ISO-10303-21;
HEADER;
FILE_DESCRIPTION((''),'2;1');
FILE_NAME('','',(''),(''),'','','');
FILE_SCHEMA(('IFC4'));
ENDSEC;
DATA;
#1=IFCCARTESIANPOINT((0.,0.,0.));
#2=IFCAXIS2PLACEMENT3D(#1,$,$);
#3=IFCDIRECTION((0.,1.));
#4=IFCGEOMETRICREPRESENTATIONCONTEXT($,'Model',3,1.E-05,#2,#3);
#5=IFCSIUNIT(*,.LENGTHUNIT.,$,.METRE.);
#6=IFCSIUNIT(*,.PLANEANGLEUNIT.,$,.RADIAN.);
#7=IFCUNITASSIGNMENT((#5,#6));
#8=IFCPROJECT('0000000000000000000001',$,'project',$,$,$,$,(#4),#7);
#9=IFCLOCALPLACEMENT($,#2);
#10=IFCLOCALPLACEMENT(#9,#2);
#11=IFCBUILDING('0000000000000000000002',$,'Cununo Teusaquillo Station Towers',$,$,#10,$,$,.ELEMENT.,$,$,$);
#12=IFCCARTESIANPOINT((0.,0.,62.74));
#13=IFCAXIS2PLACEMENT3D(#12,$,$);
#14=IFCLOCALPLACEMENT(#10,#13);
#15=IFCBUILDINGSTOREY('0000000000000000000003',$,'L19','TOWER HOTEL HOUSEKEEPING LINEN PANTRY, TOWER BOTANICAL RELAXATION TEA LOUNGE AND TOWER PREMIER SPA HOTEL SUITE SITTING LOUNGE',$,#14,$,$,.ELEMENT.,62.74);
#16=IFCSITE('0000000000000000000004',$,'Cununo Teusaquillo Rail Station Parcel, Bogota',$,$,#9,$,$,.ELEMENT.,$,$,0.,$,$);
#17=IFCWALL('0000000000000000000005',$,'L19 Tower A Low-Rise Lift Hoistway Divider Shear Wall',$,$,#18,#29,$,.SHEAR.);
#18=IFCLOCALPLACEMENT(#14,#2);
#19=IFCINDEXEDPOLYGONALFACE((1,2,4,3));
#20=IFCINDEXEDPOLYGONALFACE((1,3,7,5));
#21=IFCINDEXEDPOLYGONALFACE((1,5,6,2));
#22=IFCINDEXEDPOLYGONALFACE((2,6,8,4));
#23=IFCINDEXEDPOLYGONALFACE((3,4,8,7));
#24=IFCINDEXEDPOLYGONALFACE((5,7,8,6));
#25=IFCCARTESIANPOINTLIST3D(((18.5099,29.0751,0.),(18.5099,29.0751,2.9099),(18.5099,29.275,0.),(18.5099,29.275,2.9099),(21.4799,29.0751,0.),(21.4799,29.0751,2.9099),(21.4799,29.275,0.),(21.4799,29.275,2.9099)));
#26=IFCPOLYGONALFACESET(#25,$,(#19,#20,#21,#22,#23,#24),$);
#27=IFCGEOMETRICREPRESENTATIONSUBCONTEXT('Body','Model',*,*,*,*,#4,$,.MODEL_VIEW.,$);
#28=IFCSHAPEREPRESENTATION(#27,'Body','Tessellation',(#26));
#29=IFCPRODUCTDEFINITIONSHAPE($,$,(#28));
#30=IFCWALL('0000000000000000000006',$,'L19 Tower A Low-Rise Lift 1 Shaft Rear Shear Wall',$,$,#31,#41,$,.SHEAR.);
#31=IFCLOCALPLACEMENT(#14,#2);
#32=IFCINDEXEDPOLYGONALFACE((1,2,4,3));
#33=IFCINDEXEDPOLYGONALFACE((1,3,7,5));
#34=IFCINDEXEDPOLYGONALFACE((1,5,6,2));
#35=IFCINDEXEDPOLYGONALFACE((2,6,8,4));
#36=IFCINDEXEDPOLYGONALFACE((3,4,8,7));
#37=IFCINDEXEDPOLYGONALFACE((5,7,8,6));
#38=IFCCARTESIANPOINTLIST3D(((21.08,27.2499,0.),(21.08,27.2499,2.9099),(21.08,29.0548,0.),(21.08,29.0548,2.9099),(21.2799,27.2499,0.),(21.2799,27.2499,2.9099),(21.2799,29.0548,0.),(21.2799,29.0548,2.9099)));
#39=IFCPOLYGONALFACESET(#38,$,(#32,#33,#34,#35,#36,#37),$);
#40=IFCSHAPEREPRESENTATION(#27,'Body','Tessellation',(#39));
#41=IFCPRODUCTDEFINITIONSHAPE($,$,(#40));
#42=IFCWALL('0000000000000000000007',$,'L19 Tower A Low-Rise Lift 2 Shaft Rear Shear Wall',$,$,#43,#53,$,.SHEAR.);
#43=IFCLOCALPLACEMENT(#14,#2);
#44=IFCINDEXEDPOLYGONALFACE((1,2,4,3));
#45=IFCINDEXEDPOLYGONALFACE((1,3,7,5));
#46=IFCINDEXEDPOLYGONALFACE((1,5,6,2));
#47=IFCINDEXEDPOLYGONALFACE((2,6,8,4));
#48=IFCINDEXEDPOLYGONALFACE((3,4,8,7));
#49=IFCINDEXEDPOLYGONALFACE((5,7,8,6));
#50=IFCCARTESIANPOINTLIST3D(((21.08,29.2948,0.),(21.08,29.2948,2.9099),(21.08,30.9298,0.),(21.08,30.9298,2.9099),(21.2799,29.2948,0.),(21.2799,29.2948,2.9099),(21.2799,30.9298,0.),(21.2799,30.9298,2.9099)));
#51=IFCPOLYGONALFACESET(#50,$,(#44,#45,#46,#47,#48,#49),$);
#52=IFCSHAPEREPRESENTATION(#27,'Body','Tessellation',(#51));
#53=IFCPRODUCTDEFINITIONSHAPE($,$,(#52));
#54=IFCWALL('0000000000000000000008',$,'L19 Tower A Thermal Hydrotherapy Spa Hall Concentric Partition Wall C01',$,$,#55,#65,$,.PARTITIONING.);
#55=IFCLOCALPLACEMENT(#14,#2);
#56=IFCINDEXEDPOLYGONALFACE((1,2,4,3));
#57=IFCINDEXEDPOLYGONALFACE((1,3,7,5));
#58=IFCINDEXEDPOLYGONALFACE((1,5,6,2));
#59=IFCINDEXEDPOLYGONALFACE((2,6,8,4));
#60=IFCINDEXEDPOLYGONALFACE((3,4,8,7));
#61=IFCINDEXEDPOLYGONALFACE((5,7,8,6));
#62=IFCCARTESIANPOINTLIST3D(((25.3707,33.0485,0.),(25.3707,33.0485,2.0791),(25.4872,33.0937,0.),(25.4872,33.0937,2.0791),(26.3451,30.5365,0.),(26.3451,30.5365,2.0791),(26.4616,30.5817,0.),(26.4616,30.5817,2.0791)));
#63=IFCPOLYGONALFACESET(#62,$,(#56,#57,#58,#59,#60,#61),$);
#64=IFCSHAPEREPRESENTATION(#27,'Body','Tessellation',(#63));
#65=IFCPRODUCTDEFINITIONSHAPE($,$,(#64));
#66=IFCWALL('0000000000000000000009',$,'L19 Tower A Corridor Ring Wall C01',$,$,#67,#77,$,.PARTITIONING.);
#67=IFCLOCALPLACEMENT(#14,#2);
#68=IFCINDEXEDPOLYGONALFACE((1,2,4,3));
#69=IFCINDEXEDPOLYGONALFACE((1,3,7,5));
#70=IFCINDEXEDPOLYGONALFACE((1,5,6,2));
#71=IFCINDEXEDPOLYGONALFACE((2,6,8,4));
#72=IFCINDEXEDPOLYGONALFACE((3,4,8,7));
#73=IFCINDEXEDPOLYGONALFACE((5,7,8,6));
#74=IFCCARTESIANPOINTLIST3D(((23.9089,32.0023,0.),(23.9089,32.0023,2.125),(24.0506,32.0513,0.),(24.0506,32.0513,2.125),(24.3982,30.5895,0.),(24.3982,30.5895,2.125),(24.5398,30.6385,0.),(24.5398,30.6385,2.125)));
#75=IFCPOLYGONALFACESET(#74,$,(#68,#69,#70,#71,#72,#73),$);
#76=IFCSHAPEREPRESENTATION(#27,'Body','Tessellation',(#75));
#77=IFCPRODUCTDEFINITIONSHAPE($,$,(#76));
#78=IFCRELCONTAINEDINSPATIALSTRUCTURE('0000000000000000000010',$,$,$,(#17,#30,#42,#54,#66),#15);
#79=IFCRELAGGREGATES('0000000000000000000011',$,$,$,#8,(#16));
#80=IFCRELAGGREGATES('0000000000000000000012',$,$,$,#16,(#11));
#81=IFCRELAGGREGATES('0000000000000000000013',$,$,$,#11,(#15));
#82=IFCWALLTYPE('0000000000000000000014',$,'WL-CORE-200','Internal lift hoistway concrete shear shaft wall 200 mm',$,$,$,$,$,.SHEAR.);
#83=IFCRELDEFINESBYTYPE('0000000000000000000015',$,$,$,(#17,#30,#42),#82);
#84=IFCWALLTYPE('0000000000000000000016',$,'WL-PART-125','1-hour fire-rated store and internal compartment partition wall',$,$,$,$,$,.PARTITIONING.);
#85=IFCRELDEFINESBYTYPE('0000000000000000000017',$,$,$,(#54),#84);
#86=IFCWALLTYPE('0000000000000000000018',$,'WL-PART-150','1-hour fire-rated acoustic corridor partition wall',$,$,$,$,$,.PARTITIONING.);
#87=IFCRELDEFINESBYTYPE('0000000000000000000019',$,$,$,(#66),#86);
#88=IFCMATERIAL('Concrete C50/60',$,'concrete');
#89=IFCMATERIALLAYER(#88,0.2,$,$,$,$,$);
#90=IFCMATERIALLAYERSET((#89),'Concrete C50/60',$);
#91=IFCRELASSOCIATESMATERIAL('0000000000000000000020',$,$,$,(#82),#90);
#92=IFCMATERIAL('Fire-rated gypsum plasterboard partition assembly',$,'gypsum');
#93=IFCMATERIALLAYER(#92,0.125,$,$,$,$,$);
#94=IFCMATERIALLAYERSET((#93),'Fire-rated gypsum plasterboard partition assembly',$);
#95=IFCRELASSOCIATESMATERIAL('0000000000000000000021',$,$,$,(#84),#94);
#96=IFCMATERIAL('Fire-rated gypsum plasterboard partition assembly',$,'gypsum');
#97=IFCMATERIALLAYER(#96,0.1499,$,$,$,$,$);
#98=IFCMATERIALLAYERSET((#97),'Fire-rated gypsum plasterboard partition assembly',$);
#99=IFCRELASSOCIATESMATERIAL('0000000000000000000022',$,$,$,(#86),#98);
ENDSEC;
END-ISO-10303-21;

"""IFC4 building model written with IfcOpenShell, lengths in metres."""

from ifc_helpers import new_model, si_unit, direction, frame, frame_2d, origin, place, context, subcontext, project, spatial, rectangle, extrude, material, layer, layer_set, type_object, element, save


model = new_model("IFC4")

# Units and contexts
model_context = context("Model", 3, precision=1e-05, world=origin(), true_north=direction((0.0, 1.0)))
body_context = subcontext(model_context, "Body", "Model", "MODEL_VIEW")
ifc_project = project(units=[si_unit("LENGTHUNIT", "METRE"), si_unit("PLANEANGLEUNIT", "RADIAN")], contexts=[model_context])

# Site, building, storey
site_placement = place(None, origin())
site = spatial("IfcSite", under=ifc_project, at=site_placement, Name="Cununo Teusaquillo Rail Station Parcel, Bogota", CompositionType="ELEMENT", RefElevation=0.0)
building_placement = place(site_placement, origin())
building = spatial("IfcBuilding", under=site, at=building_placement, Name="Cununo Teusaquillo Station Towers", CompositionType="ELEMENT")
storey_placement = place(building_placement, frame((0.0, 0.0, 62.74)))
storey = spatial("IfcBuildingStorey", under=building, at=storey_placement, Name="L19", Description="TOWER HOTEL HOUSEKEEPING LINEN PANTRY, TOWER BOTANICAL RELAXATION TEA LOUNGE AND TOWER PREMIER SPA HOTEL SUITE SITTING LOUNGE", CompositionType="ELEMENT", Elevation=62.74)

# Walls
ifc_material_1 = material(Name="Concrete C50/60", Category="concrete")
ifc_layer_1 = layer(ifc_material_1, 0.2)
ifc_layer_set_1 = layer_set([ifc_layer_1], Name="Concrete C50/60")
wall_type_1 = type_object("IfcWallType", Name="WL-CORE-200", Description="Internal lift hoistway concrete shear shaft wall 200 mm", PredefinedType="SHEAR", material=ifc_layer_set_1)
for number, where, z_axis, x_axis, name in (
    (1, (18.51, 29.175, 0.0), (0.0, 0.0, 1.0), (1.0, 0.0, 0.0), "L19 Tower A Low-Rise Lift Hoistway Divider Shear Wall"),
):
    element("IfcWall", number, at=place(storey_placement, frame(where, z_axis=z_axis, x_axis=x_axis)), inside=storey, type_object=wall_type_1, Name=name, PredefinedType="SHEAR", context=body_context, shape_type="SweptSolid", body=[
        extrude(rectangle(XDim=2.97, YDim=0.2, at=frame_2d((1.4849, 0.0))), origin(), (0.0, 0.0, 1.0), 2.9099),
    ])
wall_1_placement = place(storey_placement, frame((21.1799, 27.25, 0.0), z_axis=(0.0, 0.0, 1.0), x_axis=(0.0, 1.0, 0.0)))
element("IfcWall", 2, at=wall_1_placement, inside=storey, type_object=wall_type_1, Name="L19 Tower A Low-Rise Lift 1 Shaft Rear Shear Wall", PredefinedType="SHEAR", context=body_context, shape_type="SweptSolid", body=[
    extrude(rectangle(XDim=1.8049, YDim=0.2, at=frame_2d((0.9023, 0.0))), origin(), (0.0, 0.0, 1.0), 2.9099),
])
wall_2_placement = place(storey_placement, frame((21.1799, 29.2949, 0.0), z_axis=(0.0, 0.0, 1.0), x_axis=(0.0, 1.0, 0.0)))
element("IfcWall", 3, at=wall_2_placement, inside=storey, type_object=wall_type_1, Name="L19 Tower A Low-Rise Lift 2 Shaft Rear Shear Wall", PredefinedType="SHEAR", context=body_context, shape_type="SweptSolid", body=[
    extrude(rectangle(XDim=1.635, YDim=0.2, at=frame_2d((0.8174, 0.0))), origin(), (0.0, 0.0, 1.0), 2.9099),
])
ifc_material_2 = material(Name="Fire-rated gypsum plasterboard partition assembly", Category="gypsum")
ifc_layer_2 = layer(ifc_material_2, 0.125)
ifc_layer_set_2 = layer_set([ifc_layer_2], Name="Fire-rated gypsum plasterboard partition assembly")
wall_type_2 = type_object("IfcWallType", Name="WL-PART-125", Description="1-hour fire-rated store and internal compartment partition wall", PredefinedType="PARTITIONING", material=ifc_layer_set_2)
wall_3_placement = place(storey_placement, frame((26.4033, 30.5591, 0.0), z_axis=(0.0, 0.0, 1.0), x_axis=(-0.361637, 0.932319, 0.0)))
element("IfcWall", 4, at=wall_3_placement, inside=storey, type_object=wall_type_2, Name="L19 Tower A Thermal Hydrotherapy Spa Hall Concentric Partition Wall C01", PredefinedType="PARTITIONING", context=body_context, shape_type="SweptSolid", body=[
    extrude(rectangle(XDim=2.6943, YDim=0.125, at=frame_2d((1.3472, 0.0))), origin(), (0.0, 0.0, 1.0), 2.0791),
])
ifc_material_3 = material(Name="Fire-rated gypsum plasterboard partition assembly", Category="gypsum")
ifc_layer_3 = layer(ifc_material_3, 0.1499)
ifc_layer_set_3 = layer_set([ifc_layer_3], Name="Fire-rated gypsum plasterboard partition assembly")
wall_type_3 = type_object("IfcWallType", Name="WL-PART-150", Description="1-hour fire-rated acoustic corridor partition wall", PredefinedType="PARTITIONING", material=ifc_layer_set_3)
wall_4_placement = place(storey_placement, frame((24.469, 30.614, 0.0), z_axis=(0.0, 0.0, 1.0), x_axis=(-0.327228, 0.944945, 0.0)))
element("IfcWall", 5, at=wall_4_placement, inside=storey, type_object=wall_type_3, Name="L19 Tower A Corridor Ring Wall C01", PredefinedType="PARTITIONING", context=body_context, shape_type="SweptSolid", body=[
    extrude(rectangle(XDim=1.4951, YDim=0.1499, at=frame_2d((0.7476, 0.0))), origin(), (0.0, 0.0, 1.0), 2.125),
])

save(model, "model.ifc")
